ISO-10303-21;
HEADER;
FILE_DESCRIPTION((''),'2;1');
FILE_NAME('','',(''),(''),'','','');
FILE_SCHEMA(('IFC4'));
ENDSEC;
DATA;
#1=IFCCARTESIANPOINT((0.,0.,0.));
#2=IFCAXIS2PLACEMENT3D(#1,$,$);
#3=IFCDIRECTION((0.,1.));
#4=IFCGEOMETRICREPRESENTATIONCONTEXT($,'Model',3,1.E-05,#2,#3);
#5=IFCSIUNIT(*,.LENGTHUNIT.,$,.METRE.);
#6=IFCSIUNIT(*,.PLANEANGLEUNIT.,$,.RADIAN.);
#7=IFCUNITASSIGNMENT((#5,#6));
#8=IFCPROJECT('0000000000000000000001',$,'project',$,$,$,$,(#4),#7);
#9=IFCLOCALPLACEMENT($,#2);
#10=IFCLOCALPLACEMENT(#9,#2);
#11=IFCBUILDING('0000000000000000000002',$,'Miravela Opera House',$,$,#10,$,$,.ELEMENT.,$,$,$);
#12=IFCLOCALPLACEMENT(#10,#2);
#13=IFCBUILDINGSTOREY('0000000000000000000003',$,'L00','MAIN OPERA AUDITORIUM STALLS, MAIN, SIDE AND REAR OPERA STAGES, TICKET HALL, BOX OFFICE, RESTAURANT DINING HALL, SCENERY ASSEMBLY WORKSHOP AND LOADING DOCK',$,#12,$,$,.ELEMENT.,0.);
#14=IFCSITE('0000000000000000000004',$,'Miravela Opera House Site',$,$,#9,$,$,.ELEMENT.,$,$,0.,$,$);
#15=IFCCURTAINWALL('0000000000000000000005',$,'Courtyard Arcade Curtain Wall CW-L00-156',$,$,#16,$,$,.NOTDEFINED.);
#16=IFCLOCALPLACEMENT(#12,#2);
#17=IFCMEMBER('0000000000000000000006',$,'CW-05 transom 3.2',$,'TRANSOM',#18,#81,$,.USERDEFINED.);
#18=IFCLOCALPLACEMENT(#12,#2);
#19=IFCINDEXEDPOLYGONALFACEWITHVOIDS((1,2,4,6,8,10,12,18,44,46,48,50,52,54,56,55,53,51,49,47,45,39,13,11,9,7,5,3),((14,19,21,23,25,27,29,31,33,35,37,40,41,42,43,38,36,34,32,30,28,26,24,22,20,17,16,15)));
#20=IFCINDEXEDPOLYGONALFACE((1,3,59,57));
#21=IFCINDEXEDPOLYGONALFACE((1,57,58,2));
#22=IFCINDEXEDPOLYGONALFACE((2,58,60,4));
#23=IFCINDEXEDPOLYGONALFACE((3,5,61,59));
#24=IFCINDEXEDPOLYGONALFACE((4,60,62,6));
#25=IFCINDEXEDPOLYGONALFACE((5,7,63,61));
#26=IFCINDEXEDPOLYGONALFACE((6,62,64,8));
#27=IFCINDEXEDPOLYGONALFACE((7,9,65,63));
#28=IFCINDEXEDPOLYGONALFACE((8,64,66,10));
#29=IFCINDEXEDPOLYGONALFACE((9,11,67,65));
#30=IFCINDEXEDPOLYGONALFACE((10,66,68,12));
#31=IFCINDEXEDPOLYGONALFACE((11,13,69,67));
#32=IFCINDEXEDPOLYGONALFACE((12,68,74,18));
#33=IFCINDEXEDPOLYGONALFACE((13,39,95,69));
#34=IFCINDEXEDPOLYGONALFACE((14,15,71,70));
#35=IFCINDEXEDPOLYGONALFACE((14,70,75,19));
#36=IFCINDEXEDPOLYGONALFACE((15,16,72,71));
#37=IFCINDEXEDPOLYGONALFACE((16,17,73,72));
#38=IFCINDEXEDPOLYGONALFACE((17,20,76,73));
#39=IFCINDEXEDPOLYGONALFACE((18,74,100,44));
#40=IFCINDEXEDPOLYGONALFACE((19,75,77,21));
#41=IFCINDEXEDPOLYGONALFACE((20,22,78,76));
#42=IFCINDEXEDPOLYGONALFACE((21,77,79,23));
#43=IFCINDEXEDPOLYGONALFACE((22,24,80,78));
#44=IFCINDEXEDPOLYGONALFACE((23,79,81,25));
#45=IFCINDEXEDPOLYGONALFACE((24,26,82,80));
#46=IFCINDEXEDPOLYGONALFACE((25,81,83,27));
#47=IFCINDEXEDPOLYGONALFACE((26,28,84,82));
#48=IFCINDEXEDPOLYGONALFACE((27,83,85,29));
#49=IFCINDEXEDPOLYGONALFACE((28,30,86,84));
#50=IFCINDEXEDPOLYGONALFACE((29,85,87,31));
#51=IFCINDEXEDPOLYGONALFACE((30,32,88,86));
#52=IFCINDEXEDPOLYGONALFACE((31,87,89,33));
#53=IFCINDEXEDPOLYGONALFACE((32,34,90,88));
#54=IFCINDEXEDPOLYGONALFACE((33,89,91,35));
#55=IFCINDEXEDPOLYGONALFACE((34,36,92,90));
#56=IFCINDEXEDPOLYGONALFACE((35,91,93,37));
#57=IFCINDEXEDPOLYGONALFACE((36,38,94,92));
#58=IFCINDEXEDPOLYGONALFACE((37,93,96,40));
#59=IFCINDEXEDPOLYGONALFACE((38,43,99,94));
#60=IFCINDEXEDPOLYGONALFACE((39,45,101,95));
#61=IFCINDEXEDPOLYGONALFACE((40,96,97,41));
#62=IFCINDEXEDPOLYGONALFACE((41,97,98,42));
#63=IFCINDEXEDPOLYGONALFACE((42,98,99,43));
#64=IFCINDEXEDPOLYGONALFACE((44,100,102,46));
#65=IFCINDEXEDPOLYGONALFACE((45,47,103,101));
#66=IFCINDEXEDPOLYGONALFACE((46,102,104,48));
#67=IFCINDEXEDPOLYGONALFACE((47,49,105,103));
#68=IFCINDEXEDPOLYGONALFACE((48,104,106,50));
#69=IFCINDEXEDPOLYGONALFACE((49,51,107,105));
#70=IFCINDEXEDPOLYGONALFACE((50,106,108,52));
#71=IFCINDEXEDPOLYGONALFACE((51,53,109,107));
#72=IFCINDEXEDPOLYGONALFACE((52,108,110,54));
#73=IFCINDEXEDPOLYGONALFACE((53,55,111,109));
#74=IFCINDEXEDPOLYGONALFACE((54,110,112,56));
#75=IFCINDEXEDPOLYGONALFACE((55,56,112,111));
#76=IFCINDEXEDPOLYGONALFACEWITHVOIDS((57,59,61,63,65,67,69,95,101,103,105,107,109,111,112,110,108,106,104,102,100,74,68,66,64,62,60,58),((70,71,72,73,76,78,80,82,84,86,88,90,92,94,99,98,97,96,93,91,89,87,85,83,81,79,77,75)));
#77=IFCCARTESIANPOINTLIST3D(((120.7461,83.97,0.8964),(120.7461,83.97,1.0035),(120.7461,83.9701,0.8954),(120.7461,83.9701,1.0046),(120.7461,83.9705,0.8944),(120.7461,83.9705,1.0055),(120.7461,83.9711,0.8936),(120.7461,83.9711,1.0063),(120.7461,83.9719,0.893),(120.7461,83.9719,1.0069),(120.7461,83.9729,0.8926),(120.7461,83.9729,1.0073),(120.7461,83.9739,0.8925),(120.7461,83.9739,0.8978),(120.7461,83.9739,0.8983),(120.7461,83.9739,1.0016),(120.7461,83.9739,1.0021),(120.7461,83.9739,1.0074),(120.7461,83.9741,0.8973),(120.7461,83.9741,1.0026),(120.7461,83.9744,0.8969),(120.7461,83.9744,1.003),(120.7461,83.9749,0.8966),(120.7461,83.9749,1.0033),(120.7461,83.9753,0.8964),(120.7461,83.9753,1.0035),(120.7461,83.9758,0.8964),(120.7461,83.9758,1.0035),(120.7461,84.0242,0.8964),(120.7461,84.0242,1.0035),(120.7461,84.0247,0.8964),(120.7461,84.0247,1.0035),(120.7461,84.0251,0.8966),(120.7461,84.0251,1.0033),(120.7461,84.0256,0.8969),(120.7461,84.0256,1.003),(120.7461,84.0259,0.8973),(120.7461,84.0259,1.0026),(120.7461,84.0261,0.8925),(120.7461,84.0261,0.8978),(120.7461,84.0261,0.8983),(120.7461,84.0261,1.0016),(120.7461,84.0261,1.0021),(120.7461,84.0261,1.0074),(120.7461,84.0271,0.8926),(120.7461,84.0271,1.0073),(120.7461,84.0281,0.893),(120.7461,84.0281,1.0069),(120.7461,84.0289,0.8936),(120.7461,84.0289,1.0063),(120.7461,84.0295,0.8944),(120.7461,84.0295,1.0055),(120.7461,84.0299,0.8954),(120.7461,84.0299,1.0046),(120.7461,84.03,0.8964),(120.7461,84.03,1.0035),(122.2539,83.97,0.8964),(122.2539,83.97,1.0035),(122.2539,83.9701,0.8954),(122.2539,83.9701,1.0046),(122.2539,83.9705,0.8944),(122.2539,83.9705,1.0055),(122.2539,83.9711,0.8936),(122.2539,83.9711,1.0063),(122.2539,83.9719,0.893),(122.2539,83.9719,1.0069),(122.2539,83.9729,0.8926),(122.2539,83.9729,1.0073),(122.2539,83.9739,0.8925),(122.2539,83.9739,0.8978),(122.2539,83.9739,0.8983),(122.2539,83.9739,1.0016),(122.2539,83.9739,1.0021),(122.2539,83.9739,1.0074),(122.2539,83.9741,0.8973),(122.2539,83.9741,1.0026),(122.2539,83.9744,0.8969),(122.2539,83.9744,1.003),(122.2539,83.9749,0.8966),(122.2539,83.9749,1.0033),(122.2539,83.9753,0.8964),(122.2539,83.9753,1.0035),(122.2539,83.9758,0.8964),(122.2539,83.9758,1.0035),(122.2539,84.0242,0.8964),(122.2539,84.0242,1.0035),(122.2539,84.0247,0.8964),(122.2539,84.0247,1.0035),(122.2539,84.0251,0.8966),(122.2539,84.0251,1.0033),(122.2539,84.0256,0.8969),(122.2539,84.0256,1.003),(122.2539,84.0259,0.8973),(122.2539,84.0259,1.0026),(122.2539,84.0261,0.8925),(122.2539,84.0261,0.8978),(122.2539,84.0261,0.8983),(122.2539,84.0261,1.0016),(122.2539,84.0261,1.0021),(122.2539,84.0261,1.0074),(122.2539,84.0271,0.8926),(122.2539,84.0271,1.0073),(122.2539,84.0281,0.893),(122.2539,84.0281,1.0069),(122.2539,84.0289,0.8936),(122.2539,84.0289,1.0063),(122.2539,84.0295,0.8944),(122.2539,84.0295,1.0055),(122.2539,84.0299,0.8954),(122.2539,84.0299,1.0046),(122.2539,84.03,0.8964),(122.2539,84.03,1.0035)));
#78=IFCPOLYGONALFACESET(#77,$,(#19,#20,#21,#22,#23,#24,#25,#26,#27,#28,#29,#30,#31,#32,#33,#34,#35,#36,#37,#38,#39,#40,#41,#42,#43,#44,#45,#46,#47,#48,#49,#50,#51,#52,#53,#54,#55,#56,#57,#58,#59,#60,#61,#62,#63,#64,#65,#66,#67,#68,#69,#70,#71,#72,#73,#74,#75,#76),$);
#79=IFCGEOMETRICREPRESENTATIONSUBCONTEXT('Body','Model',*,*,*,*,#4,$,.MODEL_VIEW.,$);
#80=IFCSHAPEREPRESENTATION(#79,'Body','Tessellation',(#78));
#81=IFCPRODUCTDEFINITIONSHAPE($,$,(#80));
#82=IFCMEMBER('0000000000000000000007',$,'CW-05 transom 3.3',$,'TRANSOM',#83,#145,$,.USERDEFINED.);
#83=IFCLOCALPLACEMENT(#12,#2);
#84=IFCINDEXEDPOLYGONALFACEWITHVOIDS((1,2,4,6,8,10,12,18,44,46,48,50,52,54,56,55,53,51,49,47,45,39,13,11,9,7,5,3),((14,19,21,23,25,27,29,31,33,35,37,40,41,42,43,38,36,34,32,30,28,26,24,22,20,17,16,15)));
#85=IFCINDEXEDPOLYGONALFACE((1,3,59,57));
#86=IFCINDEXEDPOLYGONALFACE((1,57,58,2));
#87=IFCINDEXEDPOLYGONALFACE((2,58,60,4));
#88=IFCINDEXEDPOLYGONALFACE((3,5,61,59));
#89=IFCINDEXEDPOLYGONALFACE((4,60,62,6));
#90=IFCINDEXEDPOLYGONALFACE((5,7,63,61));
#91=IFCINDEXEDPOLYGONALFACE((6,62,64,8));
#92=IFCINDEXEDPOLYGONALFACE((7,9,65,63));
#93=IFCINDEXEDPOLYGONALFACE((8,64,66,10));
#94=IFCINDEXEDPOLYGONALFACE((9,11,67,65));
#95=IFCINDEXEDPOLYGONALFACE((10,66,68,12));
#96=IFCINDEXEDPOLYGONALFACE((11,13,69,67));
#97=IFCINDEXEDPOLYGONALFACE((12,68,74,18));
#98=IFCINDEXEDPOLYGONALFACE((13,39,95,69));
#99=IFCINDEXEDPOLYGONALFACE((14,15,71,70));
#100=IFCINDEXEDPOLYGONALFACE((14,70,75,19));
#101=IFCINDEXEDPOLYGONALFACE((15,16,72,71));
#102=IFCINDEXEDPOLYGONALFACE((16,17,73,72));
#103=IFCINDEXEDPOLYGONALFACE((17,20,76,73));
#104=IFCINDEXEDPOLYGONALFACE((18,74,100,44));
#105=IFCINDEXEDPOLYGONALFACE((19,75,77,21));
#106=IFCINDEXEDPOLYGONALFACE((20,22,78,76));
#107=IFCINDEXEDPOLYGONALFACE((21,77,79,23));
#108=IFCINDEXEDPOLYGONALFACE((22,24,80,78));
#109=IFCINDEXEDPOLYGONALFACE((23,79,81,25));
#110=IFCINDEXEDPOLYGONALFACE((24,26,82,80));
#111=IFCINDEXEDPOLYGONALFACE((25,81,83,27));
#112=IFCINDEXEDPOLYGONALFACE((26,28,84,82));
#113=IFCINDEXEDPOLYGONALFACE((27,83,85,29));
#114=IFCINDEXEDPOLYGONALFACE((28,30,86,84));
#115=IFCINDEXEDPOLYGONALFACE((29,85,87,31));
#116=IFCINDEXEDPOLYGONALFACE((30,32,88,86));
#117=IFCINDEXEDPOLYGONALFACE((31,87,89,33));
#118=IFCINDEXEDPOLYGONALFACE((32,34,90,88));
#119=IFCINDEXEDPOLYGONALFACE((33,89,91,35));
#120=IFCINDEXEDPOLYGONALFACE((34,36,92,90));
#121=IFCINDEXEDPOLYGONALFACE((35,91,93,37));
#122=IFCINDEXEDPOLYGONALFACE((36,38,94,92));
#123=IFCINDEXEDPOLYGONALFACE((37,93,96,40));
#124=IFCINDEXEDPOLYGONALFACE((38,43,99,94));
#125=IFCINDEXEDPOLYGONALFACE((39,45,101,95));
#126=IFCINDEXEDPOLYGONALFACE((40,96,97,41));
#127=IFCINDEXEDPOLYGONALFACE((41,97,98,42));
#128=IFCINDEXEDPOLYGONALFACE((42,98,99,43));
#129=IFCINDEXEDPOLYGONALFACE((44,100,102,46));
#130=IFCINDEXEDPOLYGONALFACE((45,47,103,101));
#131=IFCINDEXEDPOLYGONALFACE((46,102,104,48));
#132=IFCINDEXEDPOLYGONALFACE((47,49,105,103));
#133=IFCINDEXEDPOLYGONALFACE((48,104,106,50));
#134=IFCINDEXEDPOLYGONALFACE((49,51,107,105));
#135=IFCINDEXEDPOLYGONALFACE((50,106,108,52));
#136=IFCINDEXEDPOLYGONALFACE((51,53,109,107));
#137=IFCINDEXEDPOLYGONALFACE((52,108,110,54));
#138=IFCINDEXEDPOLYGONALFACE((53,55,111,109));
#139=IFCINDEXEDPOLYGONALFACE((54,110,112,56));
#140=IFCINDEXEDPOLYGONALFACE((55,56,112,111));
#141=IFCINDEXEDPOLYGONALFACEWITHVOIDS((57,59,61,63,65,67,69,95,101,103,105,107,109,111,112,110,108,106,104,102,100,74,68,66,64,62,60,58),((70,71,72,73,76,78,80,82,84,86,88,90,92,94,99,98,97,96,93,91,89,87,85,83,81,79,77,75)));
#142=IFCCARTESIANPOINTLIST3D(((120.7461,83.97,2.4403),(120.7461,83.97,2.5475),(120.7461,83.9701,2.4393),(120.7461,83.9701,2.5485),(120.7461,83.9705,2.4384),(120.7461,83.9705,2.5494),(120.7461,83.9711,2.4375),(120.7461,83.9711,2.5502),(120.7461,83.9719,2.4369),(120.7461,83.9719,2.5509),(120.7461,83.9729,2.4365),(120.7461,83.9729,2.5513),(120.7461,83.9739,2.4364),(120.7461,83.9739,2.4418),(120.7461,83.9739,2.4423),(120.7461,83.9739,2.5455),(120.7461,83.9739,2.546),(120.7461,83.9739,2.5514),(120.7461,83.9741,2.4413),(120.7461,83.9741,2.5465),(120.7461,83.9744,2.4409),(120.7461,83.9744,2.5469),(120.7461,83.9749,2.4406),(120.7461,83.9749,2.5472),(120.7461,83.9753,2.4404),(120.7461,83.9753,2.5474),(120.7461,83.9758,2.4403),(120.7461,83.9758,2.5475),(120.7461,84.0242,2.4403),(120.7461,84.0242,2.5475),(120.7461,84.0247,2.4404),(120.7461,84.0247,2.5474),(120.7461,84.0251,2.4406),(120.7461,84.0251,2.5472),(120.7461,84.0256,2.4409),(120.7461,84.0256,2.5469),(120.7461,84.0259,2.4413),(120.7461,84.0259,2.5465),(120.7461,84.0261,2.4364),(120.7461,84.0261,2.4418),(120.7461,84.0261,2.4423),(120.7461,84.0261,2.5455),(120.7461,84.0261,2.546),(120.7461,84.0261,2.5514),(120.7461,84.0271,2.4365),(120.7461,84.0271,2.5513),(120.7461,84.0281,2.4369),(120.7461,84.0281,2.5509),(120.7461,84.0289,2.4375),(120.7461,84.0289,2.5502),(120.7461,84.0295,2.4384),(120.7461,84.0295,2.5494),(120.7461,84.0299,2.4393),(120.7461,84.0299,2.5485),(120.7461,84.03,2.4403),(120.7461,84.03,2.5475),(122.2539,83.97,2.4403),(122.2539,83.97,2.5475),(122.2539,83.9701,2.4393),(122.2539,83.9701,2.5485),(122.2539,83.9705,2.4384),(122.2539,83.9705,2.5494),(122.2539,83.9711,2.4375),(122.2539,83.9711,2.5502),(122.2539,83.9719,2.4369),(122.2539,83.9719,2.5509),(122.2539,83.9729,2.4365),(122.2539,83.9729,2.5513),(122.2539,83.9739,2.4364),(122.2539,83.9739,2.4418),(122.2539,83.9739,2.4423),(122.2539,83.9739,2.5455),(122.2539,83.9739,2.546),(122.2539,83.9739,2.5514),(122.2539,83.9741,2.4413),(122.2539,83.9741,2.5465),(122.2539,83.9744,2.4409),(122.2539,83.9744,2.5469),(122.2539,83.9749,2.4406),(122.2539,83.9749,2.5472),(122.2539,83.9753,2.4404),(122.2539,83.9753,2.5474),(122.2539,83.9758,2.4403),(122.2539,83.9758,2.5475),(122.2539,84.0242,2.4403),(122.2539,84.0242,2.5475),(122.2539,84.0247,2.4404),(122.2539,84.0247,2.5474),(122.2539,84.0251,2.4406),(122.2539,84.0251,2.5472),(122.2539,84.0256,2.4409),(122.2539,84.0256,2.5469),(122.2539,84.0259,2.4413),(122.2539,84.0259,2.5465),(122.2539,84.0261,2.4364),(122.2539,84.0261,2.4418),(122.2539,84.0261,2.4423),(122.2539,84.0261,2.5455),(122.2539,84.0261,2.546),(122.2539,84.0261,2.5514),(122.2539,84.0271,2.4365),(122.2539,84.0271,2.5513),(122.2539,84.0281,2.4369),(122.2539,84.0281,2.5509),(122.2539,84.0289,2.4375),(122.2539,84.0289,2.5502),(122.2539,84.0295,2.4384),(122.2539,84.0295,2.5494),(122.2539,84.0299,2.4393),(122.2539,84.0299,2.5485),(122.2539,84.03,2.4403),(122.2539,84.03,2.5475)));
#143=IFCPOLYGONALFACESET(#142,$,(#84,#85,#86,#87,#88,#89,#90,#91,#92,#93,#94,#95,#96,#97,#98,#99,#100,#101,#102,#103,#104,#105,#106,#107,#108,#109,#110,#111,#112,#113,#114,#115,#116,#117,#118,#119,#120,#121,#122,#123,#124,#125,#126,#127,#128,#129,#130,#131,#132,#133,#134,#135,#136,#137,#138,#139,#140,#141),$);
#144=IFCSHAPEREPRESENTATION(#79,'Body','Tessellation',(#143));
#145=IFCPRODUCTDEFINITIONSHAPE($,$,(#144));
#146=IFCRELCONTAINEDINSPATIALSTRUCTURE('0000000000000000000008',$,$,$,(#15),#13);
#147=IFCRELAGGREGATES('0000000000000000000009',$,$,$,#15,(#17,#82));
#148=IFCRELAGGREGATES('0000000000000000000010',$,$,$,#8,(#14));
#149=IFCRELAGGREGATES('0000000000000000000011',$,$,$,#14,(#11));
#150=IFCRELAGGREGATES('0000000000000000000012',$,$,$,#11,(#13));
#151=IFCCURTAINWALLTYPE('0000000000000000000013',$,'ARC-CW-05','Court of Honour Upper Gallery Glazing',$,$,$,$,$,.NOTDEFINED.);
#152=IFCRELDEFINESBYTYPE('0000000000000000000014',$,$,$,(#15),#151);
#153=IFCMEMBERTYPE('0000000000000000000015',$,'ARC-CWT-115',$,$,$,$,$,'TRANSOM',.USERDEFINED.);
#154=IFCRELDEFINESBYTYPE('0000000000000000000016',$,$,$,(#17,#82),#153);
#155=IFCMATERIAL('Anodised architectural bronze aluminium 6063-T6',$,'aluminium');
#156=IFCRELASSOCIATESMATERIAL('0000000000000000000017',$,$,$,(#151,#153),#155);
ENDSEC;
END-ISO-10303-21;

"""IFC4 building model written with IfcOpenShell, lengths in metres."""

from ifc_helpers import new_model, si_unit, direction, frame, origin, origin_2d, place, context, subcontext, project, spatial, hollow_rectangle, extrude, material, material_profile, profile_set, type_object, element, aggregate, save


model = new_model("IFC4")

# Units and contexts
model_context = context("Model", 3, precision=1e-05, world=origin(), true_north=direction((0.0, 1.0)))
body_context = subcontext(model_context, "Body", "Model", "MODEL_VIEW")
ifc_project = project(units=[si_unit("LENGTHUNIT", "METRE"), si_unit("PLANEANGLEUNIT", "RADIAN")], contexts=[model_context])

# Site, building, storey
site_placement = place(None, origin())
site = spatial("IfcSite", under=ifc_project, at=site_placement, Name="Miravela Opera House Site", CompositionType="ELEMENT", RefElevation=0.0)
building_placement = place(site_placement, origin())
building = spatial("IfcBuilding", under=site, at=building_placement, Name="Miravela Opera House", CompositionType="ELEMENT")
storey_placement = place(building_placement, origin())
storey = spatial("IfcBuildingStorey", under=building, at=storey_placement, Name="L00", Description="MAIN OPERA AUDITORIUM STALLS, MAIN, SIDE AND REAR OPERA STAGES, TICKET HALL, BOX OFFICE, RESTAURANT DINING HALL, SCENERY ASSEMBLY WORKSHOP AND LOADING DOCK", CompositionType="ELEMENT", Elevation=0.0)

# Curtain wall, members
ifc_material_1 = material(Name="Anodised architectural bronze aluminium 6063-T6", Category="aluminium")
curtain_wall_type = type_object("IfcCurtainWallType", Name="ARC-CW-05", Description="Court of Honour Upper Gallery Glazing", PredefinedType="NOTDEFINED", material=ifc_material_1)
curtain_wall_placement = place(storey_placement, origin())
curtain_wall = element("IfcCurtainWall", 1, at=curtain_wall_placement, inside=storey, type_object=curtain_wall_type, Name="Courtyard Arcade Curtain Wall CW-L00-156", PredefinedType="NOTDEFINED")
ifc_material_profile_1 = material_profile(ifc_material_1, hollow_rectangle(XDim=0.0601, YDim=0.115, WallThickness=0.0039, InnerFilletRadius=0.002, OuterFilletRadius=0.0039, at=origin_2d()), Name="CWT-60X115")
ifc_profile_set_1 = profile_set([ifc_material_profile_1])
member_type_1 = type_object("IfcMemberType", Name="ARC-CWT-115", ElementType="TRANSOM", PredefinedType="USERDEFINED", material=ifc_profile_set_1)
member_1_placement = place(storey_placement, frame((120.7461, 84.0, 0.95), z_axis=(1.0, 0.0, 0.0), x_axis=(0.0, 1.0, 0.0)))
member_1 = element("IfcMember", 2, at=member_1_placement, type_object=member_type_1, Name="CW-05 transom 3.2", ObjectType="TRANSOM", PredefinedType="USERDEFINED", context=body_context, shape_type="SweptSolid", body=[
    extrude(hollow_rectangle(XDim=0.0601, YDim=0.115, WallThickness=0.0039, InnerFilletRadius=0.002, OuterFilletRadius=0.0039, at=origin_2d()), origin(), (0.0, 0.0, 1.0), 1.5078),
])
member_2_placement = place(storey_placement, frame((120.7461, 84.0, 2.4939), z_axis=(1.0, 0.0, 0.0), x_axis=(0.0, 1.0, 0.0)))
member_2 = element("IfcMember", 3, at=member_2_placement, type_object=member_type_1, Name="CW-05 transom 3.3", ObjectType="TRANSOM", PredefinedType="USERDEFINED", context=body_context, shape_type="SweptSolid", body=[
    extrude(hollow_rectangle(XDim=0.0601, YDim=0.115, WallThickness=0.0039, InnerFilletRadius=0.002, OuterFilletRadius=0.0039, at=origin_2d()), origin(), (0.0, 0.0, 1.0), 1.5078),
])
aggregate(curtain_wall, [member_1, member_2])

save(model, "model.ifc")
